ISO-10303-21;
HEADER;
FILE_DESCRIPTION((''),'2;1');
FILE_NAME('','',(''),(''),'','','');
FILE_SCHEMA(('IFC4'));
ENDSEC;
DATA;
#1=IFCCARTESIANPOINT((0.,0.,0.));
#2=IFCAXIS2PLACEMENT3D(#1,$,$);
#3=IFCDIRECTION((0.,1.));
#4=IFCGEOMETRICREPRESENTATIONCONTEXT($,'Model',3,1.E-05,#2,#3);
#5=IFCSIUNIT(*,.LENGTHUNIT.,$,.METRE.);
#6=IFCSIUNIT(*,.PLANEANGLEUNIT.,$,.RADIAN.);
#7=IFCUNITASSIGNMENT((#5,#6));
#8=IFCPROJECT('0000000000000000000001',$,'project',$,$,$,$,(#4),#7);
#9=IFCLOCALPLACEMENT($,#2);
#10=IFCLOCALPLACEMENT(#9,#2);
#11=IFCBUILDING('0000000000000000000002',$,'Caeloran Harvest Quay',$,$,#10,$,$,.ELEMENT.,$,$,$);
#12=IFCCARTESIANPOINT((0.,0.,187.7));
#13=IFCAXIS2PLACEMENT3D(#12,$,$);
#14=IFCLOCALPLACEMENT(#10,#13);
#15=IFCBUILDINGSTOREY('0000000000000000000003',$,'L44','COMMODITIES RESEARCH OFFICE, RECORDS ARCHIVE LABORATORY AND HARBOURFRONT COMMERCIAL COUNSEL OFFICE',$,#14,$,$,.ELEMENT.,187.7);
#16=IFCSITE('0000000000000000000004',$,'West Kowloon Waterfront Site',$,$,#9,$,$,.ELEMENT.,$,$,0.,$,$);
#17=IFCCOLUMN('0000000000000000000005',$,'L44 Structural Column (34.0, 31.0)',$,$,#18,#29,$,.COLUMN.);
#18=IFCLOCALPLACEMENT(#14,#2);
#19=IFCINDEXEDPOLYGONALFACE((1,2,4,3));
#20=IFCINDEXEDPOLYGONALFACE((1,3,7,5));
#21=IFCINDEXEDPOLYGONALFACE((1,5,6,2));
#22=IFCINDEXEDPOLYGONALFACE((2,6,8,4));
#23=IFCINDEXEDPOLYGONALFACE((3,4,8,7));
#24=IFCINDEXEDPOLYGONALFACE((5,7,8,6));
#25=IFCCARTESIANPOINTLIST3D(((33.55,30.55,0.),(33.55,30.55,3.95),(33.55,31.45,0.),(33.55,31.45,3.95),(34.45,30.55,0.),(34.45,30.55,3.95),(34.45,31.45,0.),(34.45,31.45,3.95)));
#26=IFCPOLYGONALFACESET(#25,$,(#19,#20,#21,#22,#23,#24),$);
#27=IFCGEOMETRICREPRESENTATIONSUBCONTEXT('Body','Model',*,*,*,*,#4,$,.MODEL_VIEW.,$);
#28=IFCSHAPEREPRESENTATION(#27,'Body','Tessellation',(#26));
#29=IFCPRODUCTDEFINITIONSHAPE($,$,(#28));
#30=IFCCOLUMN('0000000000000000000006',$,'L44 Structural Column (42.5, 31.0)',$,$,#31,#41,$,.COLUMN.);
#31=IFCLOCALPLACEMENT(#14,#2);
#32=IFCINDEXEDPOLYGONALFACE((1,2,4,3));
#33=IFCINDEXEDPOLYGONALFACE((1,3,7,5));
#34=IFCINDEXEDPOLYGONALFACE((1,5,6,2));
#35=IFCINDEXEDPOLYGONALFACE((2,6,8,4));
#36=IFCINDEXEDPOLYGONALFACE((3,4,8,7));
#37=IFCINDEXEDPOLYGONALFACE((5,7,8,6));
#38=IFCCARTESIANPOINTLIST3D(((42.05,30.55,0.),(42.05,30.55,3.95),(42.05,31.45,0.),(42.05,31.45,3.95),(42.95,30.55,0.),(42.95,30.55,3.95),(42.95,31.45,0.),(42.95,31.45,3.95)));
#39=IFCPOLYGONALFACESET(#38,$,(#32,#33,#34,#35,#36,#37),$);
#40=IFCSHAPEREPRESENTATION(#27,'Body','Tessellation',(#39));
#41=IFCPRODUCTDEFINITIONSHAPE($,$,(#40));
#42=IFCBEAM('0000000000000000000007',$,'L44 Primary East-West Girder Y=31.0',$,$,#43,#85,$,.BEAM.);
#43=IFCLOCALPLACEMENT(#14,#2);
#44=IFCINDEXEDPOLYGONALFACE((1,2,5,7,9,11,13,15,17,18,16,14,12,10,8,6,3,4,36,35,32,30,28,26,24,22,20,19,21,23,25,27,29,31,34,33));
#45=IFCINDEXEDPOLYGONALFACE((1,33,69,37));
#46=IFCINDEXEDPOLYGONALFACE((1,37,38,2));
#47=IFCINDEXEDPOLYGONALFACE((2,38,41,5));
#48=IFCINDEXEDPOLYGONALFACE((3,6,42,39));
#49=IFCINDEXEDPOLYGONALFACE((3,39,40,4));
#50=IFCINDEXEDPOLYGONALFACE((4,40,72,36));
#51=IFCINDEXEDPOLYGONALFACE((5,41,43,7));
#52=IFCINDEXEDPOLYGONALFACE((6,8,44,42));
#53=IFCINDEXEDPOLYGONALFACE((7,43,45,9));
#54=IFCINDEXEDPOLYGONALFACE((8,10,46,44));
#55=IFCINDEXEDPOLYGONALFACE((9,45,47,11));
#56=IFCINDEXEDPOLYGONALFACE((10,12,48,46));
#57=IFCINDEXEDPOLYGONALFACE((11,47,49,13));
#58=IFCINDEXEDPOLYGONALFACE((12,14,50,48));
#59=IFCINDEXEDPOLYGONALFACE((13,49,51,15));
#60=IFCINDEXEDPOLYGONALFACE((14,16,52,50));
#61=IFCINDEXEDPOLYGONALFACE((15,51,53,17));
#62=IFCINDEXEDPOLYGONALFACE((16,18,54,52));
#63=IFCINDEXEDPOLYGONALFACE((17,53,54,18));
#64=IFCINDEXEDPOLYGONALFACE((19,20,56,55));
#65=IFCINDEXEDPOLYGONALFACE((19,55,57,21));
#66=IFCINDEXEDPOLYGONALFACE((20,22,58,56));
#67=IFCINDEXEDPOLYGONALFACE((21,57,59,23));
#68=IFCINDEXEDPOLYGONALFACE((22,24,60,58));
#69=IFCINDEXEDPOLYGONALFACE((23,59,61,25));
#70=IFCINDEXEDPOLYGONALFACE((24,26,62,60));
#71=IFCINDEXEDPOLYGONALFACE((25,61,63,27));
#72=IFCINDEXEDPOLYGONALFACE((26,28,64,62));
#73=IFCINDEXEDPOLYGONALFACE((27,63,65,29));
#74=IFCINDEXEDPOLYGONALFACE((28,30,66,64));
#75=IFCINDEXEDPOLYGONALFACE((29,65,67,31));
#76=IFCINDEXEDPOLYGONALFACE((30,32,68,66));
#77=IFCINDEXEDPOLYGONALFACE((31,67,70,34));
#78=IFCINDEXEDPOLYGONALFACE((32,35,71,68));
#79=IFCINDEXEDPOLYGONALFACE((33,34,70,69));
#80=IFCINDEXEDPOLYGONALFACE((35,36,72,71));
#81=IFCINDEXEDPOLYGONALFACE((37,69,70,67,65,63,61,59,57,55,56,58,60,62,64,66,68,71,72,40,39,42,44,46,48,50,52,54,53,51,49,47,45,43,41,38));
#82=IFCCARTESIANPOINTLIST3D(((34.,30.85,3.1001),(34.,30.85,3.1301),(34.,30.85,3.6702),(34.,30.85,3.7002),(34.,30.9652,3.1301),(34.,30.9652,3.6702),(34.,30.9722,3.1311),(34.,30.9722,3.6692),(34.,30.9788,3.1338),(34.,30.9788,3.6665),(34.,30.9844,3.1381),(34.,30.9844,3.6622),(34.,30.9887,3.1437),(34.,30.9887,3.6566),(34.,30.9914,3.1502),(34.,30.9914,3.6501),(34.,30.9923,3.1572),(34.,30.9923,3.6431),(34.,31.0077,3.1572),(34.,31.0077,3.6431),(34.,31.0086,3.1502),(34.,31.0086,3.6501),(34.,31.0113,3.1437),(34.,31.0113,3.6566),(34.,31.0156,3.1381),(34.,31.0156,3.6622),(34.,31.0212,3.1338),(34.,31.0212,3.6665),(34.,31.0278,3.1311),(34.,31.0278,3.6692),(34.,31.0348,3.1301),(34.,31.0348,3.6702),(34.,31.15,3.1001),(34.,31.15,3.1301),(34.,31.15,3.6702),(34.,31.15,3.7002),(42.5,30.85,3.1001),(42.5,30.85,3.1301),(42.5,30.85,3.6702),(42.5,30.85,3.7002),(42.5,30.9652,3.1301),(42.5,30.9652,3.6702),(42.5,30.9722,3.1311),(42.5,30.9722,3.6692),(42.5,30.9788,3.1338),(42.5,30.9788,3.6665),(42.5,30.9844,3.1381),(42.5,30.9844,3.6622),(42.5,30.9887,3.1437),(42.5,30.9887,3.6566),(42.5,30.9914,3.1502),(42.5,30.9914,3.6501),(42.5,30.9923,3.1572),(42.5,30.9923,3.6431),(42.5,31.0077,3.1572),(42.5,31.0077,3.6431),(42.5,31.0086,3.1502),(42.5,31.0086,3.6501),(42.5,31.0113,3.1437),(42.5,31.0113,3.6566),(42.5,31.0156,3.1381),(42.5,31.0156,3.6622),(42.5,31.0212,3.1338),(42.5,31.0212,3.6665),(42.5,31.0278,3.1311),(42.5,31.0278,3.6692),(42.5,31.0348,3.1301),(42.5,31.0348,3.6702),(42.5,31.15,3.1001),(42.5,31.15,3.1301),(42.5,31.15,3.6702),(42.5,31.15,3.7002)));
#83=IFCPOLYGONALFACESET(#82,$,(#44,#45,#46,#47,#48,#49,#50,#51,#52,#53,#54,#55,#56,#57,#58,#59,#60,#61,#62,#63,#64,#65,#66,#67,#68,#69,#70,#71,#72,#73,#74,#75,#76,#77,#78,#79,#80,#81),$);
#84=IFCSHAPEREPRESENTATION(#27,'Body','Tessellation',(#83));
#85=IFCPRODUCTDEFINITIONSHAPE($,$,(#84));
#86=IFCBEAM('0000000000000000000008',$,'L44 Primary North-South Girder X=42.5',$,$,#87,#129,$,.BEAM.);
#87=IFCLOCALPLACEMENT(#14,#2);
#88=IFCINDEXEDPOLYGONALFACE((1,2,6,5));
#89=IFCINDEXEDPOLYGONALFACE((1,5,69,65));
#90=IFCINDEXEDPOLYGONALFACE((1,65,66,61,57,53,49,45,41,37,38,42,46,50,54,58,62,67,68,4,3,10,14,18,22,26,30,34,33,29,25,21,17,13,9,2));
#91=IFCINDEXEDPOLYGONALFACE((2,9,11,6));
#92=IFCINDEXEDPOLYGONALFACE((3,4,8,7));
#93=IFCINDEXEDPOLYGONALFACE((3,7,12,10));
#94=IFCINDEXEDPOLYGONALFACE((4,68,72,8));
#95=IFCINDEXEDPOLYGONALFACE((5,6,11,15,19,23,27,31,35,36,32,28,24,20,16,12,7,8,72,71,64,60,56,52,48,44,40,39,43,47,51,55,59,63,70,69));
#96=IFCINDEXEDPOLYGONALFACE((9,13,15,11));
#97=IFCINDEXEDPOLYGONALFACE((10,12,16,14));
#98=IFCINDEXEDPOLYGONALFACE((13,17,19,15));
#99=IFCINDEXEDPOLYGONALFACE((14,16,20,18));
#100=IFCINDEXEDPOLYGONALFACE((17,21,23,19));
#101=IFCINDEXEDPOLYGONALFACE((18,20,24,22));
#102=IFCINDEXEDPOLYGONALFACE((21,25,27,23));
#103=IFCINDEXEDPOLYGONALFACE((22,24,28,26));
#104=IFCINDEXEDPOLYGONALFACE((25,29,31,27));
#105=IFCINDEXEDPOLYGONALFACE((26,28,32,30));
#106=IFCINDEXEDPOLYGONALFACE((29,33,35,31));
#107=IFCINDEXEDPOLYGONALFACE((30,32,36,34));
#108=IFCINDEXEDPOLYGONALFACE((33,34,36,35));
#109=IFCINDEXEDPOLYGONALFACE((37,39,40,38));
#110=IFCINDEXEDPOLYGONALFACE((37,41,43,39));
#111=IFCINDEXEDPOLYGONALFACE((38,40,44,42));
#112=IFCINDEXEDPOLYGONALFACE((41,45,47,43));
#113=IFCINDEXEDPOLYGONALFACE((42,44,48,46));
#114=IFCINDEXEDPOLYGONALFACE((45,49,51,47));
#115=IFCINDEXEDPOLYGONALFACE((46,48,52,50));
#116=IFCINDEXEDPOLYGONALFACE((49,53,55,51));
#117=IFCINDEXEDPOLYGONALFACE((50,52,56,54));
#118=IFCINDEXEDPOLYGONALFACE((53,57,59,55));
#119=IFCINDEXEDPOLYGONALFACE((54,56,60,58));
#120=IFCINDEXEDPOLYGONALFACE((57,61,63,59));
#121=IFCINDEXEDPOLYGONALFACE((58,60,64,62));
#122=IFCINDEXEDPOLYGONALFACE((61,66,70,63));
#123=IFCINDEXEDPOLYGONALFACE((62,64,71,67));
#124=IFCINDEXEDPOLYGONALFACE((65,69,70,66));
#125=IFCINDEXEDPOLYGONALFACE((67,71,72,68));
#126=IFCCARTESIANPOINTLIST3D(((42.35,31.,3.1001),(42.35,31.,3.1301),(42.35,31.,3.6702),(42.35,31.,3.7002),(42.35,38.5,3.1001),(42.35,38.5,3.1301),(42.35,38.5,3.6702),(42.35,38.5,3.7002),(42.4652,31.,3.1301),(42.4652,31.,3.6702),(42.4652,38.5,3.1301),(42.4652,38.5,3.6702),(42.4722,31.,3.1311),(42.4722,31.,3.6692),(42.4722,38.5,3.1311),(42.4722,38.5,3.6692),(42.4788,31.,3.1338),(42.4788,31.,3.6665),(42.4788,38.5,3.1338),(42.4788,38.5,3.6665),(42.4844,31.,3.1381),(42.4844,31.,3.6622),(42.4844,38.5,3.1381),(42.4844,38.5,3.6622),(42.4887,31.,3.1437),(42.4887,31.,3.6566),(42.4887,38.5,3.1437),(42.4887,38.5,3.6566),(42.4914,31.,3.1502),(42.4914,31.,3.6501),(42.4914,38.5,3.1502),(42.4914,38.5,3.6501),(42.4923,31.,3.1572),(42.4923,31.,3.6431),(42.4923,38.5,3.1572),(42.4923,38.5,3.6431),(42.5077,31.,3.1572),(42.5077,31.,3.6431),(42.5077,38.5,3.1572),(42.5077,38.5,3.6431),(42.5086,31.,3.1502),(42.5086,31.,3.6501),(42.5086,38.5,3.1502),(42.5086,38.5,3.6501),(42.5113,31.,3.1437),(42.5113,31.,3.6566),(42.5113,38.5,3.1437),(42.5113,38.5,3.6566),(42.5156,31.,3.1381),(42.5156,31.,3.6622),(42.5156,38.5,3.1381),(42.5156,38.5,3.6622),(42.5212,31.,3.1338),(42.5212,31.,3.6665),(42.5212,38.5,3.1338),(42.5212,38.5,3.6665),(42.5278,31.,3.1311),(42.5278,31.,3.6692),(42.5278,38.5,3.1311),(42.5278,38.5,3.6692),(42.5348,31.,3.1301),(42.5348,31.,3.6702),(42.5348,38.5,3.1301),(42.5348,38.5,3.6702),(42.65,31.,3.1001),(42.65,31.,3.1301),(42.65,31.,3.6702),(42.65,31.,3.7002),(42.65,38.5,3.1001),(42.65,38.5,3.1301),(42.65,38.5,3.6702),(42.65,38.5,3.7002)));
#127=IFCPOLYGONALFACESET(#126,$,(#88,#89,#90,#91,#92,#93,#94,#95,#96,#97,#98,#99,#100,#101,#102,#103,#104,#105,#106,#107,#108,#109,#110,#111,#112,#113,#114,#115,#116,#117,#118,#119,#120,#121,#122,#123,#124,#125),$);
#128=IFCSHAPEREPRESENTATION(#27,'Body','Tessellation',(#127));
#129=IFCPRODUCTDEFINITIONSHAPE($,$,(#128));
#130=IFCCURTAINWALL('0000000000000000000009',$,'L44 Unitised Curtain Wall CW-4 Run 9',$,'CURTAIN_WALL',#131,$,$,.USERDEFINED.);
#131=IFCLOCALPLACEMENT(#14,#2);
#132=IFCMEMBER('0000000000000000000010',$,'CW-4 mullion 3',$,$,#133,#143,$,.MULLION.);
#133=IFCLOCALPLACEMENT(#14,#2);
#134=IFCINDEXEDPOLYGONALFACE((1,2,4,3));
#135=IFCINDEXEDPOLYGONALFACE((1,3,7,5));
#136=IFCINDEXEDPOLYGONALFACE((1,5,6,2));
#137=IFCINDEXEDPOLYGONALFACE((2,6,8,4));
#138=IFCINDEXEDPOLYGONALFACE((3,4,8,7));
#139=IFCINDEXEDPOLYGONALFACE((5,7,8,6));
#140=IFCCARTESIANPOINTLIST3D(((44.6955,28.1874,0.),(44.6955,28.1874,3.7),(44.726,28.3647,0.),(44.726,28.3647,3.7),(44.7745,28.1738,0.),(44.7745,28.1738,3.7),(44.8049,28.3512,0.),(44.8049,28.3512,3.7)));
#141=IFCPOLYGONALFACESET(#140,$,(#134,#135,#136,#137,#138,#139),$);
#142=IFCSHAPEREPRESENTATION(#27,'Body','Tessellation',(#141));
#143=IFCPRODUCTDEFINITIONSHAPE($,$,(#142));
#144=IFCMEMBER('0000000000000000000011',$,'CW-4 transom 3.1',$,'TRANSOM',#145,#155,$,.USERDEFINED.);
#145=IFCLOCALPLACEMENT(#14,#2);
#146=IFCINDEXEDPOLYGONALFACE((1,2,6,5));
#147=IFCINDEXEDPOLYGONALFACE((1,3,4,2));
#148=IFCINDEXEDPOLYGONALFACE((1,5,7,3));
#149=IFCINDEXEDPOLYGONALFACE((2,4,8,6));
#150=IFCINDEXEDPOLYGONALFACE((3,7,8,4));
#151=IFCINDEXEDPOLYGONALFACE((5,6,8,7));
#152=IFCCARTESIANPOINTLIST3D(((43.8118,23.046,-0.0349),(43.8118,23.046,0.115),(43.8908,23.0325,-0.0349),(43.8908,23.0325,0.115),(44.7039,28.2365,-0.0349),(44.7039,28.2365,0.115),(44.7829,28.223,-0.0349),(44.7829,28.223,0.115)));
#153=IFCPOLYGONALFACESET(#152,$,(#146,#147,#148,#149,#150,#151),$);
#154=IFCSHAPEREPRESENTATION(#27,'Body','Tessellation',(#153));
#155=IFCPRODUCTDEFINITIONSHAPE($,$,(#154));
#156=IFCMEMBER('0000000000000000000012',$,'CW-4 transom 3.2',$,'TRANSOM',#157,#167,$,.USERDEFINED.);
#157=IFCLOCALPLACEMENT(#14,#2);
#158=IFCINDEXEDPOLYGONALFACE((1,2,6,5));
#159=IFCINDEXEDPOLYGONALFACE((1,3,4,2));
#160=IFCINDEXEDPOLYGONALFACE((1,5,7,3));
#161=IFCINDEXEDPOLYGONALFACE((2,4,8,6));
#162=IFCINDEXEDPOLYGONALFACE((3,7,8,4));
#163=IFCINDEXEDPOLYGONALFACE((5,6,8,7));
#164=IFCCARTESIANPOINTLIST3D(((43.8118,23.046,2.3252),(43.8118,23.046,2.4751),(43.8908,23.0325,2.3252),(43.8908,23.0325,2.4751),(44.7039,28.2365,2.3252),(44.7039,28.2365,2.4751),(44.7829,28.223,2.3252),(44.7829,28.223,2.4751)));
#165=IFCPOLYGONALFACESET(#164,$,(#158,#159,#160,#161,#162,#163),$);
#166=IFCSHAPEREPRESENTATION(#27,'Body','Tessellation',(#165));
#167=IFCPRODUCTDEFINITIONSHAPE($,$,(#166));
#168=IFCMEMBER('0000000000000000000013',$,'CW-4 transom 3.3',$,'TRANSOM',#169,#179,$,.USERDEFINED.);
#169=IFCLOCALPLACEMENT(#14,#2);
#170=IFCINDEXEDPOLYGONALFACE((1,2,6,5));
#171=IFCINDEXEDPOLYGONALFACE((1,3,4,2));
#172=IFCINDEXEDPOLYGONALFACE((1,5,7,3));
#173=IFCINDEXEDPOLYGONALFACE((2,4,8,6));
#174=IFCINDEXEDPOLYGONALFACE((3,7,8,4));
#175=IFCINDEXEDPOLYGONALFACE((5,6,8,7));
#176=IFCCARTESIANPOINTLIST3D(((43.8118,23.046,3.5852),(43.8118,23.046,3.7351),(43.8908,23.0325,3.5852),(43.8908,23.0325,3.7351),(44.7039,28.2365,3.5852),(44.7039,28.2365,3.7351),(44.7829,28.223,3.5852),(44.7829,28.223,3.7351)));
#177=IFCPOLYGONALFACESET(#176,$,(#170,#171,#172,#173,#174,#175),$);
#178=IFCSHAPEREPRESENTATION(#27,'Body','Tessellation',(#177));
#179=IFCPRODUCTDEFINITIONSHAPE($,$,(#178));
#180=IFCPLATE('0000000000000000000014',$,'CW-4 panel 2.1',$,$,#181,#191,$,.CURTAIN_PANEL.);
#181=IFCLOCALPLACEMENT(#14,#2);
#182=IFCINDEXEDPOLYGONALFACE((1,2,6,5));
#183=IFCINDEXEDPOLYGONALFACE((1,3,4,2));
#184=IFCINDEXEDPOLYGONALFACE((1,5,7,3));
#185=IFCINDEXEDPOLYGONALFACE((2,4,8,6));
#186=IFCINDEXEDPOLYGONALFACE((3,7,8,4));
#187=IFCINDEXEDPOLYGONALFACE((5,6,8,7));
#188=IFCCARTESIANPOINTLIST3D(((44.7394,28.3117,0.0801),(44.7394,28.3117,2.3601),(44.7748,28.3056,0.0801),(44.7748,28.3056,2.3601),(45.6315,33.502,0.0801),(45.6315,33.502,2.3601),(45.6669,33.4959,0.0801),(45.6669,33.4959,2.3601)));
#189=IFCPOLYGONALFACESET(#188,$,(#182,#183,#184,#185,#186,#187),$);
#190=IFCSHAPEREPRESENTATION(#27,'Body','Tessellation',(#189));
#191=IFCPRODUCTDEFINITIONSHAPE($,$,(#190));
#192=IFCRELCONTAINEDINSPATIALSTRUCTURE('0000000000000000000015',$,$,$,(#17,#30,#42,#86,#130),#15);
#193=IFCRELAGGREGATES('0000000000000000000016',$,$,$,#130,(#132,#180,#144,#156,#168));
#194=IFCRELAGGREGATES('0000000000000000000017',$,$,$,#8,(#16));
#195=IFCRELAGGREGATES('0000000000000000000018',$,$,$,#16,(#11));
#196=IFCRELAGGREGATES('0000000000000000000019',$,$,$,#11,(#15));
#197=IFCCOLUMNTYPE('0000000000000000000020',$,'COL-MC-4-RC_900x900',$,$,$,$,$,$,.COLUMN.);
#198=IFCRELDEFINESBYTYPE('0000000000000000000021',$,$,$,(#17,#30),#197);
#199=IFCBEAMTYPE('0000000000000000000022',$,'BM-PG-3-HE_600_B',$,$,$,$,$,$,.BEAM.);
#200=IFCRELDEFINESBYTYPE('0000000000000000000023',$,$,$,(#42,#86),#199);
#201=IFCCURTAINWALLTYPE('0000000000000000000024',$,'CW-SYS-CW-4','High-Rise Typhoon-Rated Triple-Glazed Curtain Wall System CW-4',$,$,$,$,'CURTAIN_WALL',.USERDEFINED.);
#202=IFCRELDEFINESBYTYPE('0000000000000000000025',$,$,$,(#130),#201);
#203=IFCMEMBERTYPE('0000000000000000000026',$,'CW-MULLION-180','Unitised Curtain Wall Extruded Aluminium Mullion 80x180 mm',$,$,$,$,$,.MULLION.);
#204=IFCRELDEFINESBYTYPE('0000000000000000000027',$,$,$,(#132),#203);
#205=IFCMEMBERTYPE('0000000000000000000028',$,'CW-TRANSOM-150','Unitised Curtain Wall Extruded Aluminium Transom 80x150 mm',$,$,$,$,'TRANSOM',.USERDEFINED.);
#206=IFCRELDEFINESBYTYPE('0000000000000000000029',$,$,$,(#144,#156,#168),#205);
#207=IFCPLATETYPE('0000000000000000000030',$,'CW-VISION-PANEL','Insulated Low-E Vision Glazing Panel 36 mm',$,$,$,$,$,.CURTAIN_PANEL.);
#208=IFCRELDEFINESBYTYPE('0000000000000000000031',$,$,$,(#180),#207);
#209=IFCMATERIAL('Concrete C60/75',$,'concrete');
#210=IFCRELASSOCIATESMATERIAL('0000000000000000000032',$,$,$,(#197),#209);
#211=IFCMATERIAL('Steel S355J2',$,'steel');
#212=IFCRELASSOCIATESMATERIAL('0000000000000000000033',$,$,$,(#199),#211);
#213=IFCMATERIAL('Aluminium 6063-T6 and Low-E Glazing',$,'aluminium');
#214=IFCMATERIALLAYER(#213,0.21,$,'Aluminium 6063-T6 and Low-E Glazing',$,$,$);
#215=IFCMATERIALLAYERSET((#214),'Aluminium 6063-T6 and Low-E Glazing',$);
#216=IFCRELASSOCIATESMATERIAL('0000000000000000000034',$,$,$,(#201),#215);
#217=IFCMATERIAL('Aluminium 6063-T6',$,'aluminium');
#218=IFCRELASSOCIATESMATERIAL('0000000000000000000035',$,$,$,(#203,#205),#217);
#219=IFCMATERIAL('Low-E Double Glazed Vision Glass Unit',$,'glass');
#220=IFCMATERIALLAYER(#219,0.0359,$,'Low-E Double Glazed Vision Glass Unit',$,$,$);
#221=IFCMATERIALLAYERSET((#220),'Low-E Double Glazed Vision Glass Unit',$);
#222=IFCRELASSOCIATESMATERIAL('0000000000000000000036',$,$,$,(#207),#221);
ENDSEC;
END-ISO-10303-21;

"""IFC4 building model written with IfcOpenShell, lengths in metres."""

from ifc_helpers import new_model, si_unit, direction, frame, origin, origin_2d, place, context, subcontext, project, spatial, rectangle, i_section, extrude, material, layer, layer_set, material_profile, profile_set, type_object, element, aggregate, save


model = new_model("IFC4")

# Units and contexts
model_context = context("Model", 3, precision=1e-05, world=origin(), true_north=direction((0.0, 1.0)))
body_context = subcontext(model_context, "Body", "Model", "MODEL_VIEW")
ifc_project = project(units=[si_unit("LENGTHUNIT", "METRE"), si_unit("PLANEANGLEUNIT", "RADIAN")], contexts=[model_context])

# Site, building, storey
site_placement = place(None, origin())
site = spatial("IfcSite", under=ifc_project, at=site_placement, Name="West Kowloon Waterfront Site", CompositionType="ELEMENT", RefElevation=0.0)
building_placement = place(site_placement, origin())
building = spatial("IfcBuilding", under=site, at=building_placement, Name="Caeloran Harvest Quay", CompositionType="ELEMENT")
storey_placement = place(building_placement, frame((0.0, 0.0, 187.7)))
storey = spatial("IfcBuildingStorey", under=building, at=storey_placement, Name="L44", Description="COMMODITIES RESEARCH OFFICE, RECORDS ARCHIVE LABORATORY AND HARBOURFRONT COMMERCIAL COUNSEL OFFICE", CompositionType="ELEMENT", Elevation=187.7)

# Columns
ifc_material_1 = material(Name="Concrete C60/75", Category="concrete")
ifc_material_profile_1 = material_profile(ifc_material_1, rectangle(XDim=0.8999, YDim=0.8999, at=origin_2d()), Name="RC 900x900")
ifc_profile_set_1 = profile_set([ifc_material_profile_1], Name="Concrete C60/75")
column_type = type_object("IfcColumnType", Name="COL-MC-4-RC_900x900", PredefinedType="COLUMN", material=ifc_profile_set_1)
for number, where, z_axis, x_axis, name in (
    (1, (34.0, 31.0, 0.0), (0.0, 0.0, 1.0), (1.0, 0.0, 0.0), "L44 Structural Column (34.0, 31.0)"),
    (2, (42.5, 31.0, 0.0), (0.0, 0.0, 1.0), (1.0, 0.0, 0.0), "L44 Structural Column (42.5, 31.0)"),
):
    element("IfcColumn", number, at=place(storey_placement, frame(where, z_axis=z_axis, x_axis=x_axis)), inside=storey, type_object=column_type, Name=name, PredefinedType="COLUMN", context=body_context, shape_type="SweptSolid", body=[
        extrude(rectangle(XDim=0.8999, YDim=0.8999, at=origin_2d()), origin(), (0.0, 0.0, 1.0), 3.95),
    ])

# Beams
ifc_material_2 = material(Name="Steel S355J2", Category="steel")
ifc_material_profile_2 = material_profile(ifc_material_2, i_section(OverallWidth=0.3, OverallDepth=0.6001, WebThickness=0.0154, FlangeThickness=0.03, FilletRadius=0.0271, at=origin_2d()), Name="HE 600 B")
ifc_profile_set_2 = profile_set([ifc_material_profile_2], Name="Steel S355J2")
beam_type = type_object("IfcBeamType", Name="BM-PG-3-HE_600_B", PredefinedType="BEAM", material=ifc_profile_set_2)
beam_1_placement = place(storey_placement, frame((34.0, 31.0, 3.4001), z_axis=(1.0, 0.0, 0.0), x_axis=(0.0, 1.0, 0.0)))
element("IfcBeam", 3, at=beam_1_placement, inside=storey, type_object=beam_type, Name="L44 Primary East-West Girder Y=31.0", PredefinedType="BEAM", context=body_context, shape_type="SweptSolid", body=[
    extrude(i_section(OverallWidth=0.3, OverallDepth=0.6001, WebThickness=0.0154, FlangeThickness=0.03, FilletRadius=0.0271, at=origin_2d()), origin(), (0.0, 0.0, 1.0), 8.5),
])
beam_2_placement = place(storey_placement, frame((42.5, 31.0, 3.4001), z_axis=(0.0, 1.0, 0.0), x_axis=(-1.0, 0.0, 0.0)))
element("IfcBeam", 4, at=beam_2_placement, inside=storey, type_object=beam_type, Name="L44 Primary North-South Girder X=42.5", PredefinedType="BEAM", context=body_context, shape_type="SweptSolid", body=[
    extrude(i_section(OverallWidth=0.3, OverallDepth=0.6001, WebThickness=0.0154, FlangeThickness=0.03, FilletRadius=0.0271, at=origin_2d()), origin(), (0.0, 0.0, 1.0), 7.5),
])

# Curtain wall, members, plate
ifc_material_3 = material(Name="Aluminium 6063-T6 and Low-E Glazing", Category="aluminium")
ifc_layer_1 = layer(ifc_material_3, 0.21, Name="Aluminium 6063-T6 and Low-E Glazing")
ifc_layer_set_1 = layer_set([ifc_layer_1], Name="Aluminium 6063-T6 and Low-E Glazing")
curtain_wall_type = type_object("IfcCurtainWallType", Name="CW-SYS-CW-4", Description="High-Rise Typhoon-Rated Triple-Glazed Curtain Wall System CW-4", ElementType="CURTAIN_WALL", PredefinedType="USERDEFINED", material=ifc_layer_set_1)
curtain_wall_placement = place(storey_placement, origin())
curtain_wall = element("IfcCurtainWall", 5, at=curtain_wall_placement, inside=storey, type_object=curtain_wall_type, Name="L44 Unitised Curtain Wall CW-4 Run 9", ObjectType="CURTAIN_WALL", PredefinedType="USERDEFINED")
ifc_material_4 = material(Name="Aluminium 6063-T6", Category="aluminium")
ifc_material_profile_3 = material_profile(ifc_material_4, rectangle(XDim=0.0801, YDim=0.1799, at=origin_2d()), Name="CW-MULLION-180")
ifc_profile_set_3 = profile_set([ifc_material_profile_3], Name="Aluminium 6063-T6")
member_type_1 = type_object("IfcMemberType", Name="CW-MULLION-180", Description="Unitised Curtain Wall Extruded Aluminium Mullion 80x180 mm", PredefinedType="MULLION", material=ifc_profile_set_3)
member_1_placement = place(storey_placement, frame((44.7502, 28.2693, 0.0), z_axis=(0.0, 0.0, 1.0), x_axis=(0.985549, -0.169392, 0.0)))
member_1 = element("IfcMember", 6, at=member_1_placement, type_object=member_type_1, Name="CW-4 mullion 3", PredefinedType="MULLION", context=body_context, shape_type="SweptSolid", body=[
    extrude(rectangle(XDim=0.0801, YDim=0.1799, at=origin_2d()), origin(), (0.0, 0.0, 1.0), 3.7),
])
ifc_material_profile_4 = material_profile(ifc_material_4, rectangle(XDim=0.0801, YDim=0.1499, at=origin_2d()), Name="CW-TRANSOM-150")
ifc_profile_set_4 = profile_set([ifc_material_profile_4], Name="Aluminium 6063-T6")
member_type_2 = type_object("IfcMemberType", Name="CW-TRANSOM-150", Description="Unitised Curtain Wall Extruded Aluminium Transom 80x150 mm", ElementType="TRANSOM", PredefinedType="USERDEFINED", material=ifc_profile_set_4)
member_2_placement = place(storey_placement, frame((44.7434, 28.2297, 0.04), z_axis=(-0.169388, -0.985549, 0.0), x_axis=(0.985549, -0.169388, 0.0)))
member_2 = element("IfcMember", 7, at=member_2_placement, type_object=member_type_2, Name="CW-4 transom 3.1", ObjectType="TRANSOM", PredefinedType="USERDEFINED", context=body_context, shape_type="SweptSolid", body=[
    extrude(rectangle(XDim=0.0801, YDim=0.1499, at=origin_2d()), origin(), (0.0, 0.0, 1.0), 5.2666),
])
member_3_placement = place(storey_placement, frame((44.7434, 28.2297, 2.4001), z_axis=(-0.169388, -0.985549, 0.0), x_axis=(0.985549, -0.169388, 0.0)))
member_3 = element("IfcMember", 8, at=member_3_placement, type_object=member_type_2, Name="CW-4 transom 3.2", ObjectType="TRANSOM", PredefinedType="USERDEFINED", context=body_context, shape_type="SweptSolid", body=[
    extrude(rectangle(XDim=0.0801, YDim=0.1499, at=origin_2d()), origin(), (0.0, 0.0, 1.0), 5.2666),
])
member_4_placement = place(storey_placement, frame((44.7434, 28.2297, 3.6602), z_axis=(-0.169388, -0.985549, 0.0), x_axis=(0.985549, -0.169388, 0.0)))
member_4 = element("IfcMember", 9, at=member_4_placement, type_object=member_type_2, Name="CW-4 transom 3.3", ObjectType="TRANSOM", PredefinedType="USERDEFINED", context=body_context, shape_type="SweptSolid", body=[
    extrude(rectangle(XDim=0.0801, YDim=0.1499, at=origin_2d()), origin(), (0.0, 0.0, 1.0), 5.2666),
])
ifc_material_5 = material(Name="Low-E Double Glazed Vision Glass Unit", Category="glass")
ifc_layer_2 = layer(ifc_material_5, 0.0359, Name="Low-E Double Glazed Vision Glass Unit")
ifc_layer_set_2 = layer_set([ifc_layer_2], Name="Low-E Double Glazed Vision Glass Unit")
plate_type = type_object("IfcPlateType", Name="CW-VISION-PANEL", Description="Insulated Low-E Vision Glazing Panel 36 mm", PredefinedType="CURTAIN_PANEL", material=ifc_layer_set_2)
plate_1_placement = place(storey_placement, frame((45.2031, 30.9038, 0.0801), z_axis=(0.0, 0.0, 1.0), x_axis=(-0.169392, -0.985549, 0.0)))
plate_1 = element("IfcPlate", 10, at=plate_1_placement, type_object=plate_type, Name="CW-4 panel 2.1", PredefinedType="CURTAIN_PANEL", context=body_context, shape_type="SweptSolid", body=[
    extrude(rectangle(XDim=5.2664, YDim=0.0359, at=origin_2d()), origin(), (0.0, 0.0, 1.0), 2.28),
])
aggregate(curtain_wall, [member_1, plate_1, member_2, member_3, member_4])

save(model, "model.ifc")
